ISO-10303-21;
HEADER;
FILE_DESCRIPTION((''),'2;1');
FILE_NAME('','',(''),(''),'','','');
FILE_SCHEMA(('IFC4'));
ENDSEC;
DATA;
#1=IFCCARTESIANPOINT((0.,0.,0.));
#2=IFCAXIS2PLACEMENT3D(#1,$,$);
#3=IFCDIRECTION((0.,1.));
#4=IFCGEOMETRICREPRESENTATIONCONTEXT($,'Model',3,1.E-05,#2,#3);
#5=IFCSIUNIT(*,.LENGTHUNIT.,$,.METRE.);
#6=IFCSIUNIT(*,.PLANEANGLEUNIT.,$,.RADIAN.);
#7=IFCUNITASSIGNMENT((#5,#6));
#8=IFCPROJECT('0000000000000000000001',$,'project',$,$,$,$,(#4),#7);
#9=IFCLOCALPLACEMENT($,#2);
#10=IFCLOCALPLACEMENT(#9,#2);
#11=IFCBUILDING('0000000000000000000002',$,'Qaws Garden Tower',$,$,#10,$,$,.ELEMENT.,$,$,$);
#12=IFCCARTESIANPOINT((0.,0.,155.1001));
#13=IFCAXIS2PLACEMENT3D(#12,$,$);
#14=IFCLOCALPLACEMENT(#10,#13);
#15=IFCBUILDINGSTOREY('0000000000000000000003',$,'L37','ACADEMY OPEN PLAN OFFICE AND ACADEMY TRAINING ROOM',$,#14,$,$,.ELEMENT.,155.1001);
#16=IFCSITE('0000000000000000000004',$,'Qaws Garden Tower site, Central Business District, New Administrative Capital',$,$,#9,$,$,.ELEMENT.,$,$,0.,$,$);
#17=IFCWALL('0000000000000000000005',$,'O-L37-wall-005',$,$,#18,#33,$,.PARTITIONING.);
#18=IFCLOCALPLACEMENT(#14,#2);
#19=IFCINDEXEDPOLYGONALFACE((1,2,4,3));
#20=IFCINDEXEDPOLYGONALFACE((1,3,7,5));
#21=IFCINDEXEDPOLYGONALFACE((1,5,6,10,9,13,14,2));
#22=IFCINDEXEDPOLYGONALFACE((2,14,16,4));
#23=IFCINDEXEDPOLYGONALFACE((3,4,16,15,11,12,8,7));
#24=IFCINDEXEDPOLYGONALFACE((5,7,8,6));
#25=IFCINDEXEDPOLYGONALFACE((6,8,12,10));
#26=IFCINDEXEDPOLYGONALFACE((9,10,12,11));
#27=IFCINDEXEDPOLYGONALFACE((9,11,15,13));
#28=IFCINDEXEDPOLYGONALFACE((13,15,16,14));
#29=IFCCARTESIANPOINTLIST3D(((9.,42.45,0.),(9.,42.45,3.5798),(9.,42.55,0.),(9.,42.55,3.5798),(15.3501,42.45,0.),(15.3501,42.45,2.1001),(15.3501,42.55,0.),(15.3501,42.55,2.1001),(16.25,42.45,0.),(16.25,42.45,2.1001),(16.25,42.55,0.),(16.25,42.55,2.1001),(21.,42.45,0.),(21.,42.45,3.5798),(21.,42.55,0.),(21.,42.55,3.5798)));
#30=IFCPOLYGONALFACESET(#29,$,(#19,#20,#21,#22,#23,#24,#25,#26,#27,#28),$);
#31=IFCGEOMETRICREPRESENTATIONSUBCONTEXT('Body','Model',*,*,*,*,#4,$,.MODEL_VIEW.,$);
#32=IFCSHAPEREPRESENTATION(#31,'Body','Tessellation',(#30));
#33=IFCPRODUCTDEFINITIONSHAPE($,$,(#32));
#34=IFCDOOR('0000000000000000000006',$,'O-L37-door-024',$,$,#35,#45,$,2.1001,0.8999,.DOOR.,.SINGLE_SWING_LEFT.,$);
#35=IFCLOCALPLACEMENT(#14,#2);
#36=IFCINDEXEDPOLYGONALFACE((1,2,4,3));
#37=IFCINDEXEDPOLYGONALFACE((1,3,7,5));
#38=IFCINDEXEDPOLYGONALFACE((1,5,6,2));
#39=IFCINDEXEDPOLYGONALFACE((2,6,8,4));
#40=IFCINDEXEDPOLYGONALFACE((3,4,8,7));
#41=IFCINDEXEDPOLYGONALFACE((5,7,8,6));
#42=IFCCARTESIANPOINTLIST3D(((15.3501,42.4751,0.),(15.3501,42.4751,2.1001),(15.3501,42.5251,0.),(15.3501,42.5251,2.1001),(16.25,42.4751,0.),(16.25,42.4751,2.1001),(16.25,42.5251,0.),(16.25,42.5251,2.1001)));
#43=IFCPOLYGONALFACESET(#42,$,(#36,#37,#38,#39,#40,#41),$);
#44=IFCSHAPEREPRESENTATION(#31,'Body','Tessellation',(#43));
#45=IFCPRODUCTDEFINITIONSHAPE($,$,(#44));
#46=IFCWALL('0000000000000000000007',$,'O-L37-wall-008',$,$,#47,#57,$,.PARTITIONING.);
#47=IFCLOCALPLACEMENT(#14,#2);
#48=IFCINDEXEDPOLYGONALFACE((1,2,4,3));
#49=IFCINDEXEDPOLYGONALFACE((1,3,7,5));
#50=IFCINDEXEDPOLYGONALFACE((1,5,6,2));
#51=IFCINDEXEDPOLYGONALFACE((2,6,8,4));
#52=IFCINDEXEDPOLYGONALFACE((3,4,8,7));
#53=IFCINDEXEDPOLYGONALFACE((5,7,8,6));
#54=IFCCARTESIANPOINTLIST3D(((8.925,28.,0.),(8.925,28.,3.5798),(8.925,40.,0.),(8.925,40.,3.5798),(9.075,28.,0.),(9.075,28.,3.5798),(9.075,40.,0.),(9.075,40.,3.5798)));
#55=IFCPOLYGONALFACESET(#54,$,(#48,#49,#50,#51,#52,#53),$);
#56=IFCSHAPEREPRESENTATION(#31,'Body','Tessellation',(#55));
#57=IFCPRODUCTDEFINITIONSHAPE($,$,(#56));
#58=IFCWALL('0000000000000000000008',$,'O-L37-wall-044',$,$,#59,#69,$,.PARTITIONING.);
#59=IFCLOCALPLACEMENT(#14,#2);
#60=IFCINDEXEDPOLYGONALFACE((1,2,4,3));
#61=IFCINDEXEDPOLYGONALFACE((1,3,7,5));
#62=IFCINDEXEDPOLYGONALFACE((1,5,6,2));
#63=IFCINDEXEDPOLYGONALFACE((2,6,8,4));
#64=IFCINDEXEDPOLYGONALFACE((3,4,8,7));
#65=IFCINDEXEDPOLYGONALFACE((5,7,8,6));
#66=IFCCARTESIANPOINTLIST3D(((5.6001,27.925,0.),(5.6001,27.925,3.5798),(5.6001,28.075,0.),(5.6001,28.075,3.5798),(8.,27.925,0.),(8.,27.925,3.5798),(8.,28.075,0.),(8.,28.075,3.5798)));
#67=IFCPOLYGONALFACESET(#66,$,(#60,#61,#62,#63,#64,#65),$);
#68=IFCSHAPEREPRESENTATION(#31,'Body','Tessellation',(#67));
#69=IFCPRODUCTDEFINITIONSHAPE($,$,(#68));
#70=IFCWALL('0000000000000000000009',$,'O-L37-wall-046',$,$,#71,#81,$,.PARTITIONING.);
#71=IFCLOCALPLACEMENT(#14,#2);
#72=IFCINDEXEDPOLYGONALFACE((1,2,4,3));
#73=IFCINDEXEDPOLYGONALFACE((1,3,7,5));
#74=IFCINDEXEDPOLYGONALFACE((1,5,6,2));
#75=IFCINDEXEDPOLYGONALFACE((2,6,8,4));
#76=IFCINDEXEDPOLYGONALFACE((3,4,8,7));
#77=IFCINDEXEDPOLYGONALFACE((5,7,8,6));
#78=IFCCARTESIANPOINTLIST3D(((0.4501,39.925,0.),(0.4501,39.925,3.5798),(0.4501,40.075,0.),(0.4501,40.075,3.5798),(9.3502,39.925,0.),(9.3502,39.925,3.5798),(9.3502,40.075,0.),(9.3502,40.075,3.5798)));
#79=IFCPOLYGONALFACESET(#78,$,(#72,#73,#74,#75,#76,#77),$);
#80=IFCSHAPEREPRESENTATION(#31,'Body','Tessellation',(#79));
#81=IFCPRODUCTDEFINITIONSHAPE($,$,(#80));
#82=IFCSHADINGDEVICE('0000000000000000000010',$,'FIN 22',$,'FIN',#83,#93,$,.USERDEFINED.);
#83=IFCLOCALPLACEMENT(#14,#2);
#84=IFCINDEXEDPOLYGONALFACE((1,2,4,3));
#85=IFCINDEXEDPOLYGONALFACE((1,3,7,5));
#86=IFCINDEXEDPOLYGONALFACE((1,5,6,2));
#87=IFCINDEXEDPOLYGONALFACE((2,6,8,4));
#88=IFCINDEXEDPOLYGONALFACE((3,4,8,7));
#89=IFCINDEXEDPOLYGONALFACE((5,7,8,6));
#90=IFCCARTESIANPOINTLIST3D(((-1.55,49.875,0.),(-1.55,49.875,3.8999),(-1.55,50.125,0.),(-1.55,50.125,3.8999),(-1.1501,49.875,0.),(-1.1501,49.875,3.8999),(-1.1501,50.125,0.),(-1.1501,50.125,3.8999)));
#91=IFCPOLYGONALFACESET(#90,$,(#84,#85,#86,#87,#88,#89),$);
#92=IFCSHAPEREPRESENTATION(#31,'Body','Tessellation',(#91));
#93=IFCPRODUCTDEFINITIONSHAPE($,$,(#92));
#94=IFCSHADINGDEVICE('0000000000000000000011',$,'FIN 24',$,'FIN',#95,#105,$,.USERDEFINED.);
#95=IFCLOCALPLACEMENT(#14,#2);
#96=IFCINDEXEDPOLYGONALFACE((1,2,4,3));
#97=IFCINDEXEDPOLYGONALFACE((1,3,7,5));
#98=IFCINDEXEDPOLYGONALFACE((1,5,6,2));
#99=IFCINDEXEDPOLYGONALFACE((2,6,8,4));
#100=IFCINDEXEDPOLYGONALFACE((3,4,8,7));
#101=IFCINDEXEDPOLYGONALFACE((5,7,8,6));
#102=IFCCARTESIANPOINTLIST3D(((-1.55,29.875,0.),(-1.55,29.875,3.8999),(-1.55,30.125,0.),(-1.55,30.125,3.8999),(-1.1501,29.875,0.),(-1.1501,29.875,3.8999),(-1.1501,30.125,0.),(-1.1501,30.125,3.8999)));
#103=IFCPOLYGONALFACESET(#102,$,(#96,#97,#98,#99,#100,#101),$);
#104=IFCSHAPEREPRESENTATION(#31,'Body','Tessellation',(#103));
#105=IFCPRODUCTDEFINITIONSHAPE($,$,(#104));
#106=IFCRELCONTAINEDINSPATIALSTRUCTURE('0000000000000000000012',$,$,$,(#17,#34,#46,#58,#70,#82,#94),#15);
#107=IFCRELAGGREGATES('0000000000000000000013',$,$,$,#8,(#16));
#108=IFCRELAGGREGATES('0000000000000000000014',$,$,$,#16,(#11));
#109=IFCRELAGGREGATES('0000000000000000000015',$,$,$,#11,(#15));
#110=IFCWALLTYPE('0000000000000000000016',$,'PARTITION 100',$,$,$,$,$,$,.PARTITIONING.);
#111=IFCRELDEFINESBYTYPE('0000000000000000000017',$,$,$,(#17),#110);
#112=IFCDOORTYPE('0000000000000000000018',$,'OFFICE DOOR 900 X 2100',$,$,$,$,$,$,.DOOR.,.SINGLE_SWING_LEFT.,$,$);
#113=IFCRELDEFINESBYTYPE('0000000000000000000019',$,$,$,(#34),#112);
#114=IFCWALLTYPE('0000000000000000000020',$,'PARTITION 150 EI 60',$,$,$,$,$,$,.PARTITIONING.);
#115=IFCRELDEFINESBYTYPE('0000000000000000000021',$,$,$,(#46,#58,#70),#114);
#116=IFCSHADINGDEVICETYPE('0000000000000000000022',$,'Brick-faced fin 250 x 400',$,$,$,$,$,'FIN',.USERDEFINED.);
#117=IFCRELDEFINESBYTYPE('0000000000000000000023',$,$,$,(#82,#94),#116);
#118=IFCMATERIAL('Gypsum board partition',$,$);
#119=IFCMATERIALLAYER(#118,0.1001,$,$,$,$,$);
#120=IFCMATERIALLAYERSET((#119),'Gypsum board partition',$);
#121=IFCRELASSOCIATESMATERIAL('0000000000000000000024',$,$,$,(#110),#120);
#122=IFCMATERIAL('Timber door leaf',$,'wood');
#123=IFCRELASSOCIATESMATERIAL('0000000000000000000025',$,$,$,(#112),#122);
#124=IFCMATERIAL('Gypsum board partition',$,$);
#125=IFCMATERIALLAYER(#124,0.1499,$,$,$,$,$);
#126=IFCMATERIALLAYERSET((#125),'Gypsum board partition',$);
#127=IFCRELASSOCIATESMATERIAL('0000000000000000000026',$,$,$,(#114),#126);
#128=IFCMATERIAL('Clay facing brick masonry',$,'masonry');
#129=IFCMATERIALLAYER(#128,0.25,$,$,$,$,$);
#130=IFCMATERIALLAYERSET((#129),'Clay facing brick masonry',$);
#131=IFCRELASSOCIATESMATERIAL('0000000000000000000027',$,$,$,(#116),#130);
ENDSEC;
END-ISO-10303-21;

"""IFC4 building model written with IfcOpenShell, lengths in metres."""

from ifc_helpers import new_model, si_unit, direction, frame, frame_2d, origin, origin_2d, place, context, subcontext, project, spatial, rectangle, extrude, material, layer, layer_set, type_object, element, fill, save


model = new_model("IFC4")

# Units and contexts
model_context = context("Model", 3, precision=1e-05, world=origin(), true_north=direction((0.0, 1.0)))
body_context = subcontext(model_context, "Body", "Model", "MODEL_VIEW")
ifc_project = project(units=[si_unit("LENGTHUNIT", "METRE"), si_unit("PLANEANGLEUNIT", "RADIAN")], contexts=[model_context])

# Site, building, storey
site_placement = place(None, origin())
site = spatial("IfcSite", under=ifc_project, at=site_placement, Name="Qaws Garden Tower site, Central Business District, New Administrative Capital", CompositionType="ELEMENT", RefElevation=0.0)
building_placement = place(site_placement, origin())
building = spatial("IfcBuilding", under=site, at=building_placement, Name="Qaws Garden Tower", CompositionType="ELEMENT")
storey_placement = place(building_placement, frame((0.0, 0.0, 155.1001)))
storey = spatial("IfcBuildingStorey", under=building, at=storey_placement, Name="L37", Description="ACADEMY OPEN PLAN OFFICE AND ACADEMY TRAINING ROOM", CompositionType="ELEMENT", Elevation=155.1001)

# Shared definitions
ifc_material_1 = material(Name="Gypsum board partition")
ifc_layer_1 = layer(ifc_material_1, 0.1001)
ifc_layer_set_1 = layer_set([ifc_layer_1], Name="Gypsum board partition")
wall_type_1 = type_object("IfcWallType", Name="PARTITION 100", PredefinedType="PARTITIONING", material=ifc_layer_set_1)

# Wall, opening, door
wall_1_placement = place(storey_placement, frame((9.0, 42.5, 0.0), z_axis=(0.0, 0.0, 1.0), x_axis=(1.0, 0.0, 0.0)))
wall_1 = element("IfcWall", 1, at=wall_1_placement, inside=storey, type_object=wall_type_1, Name="O-L37-wall-005", PredefinedType="PARTITIONING", context=body_context, shape_type="SweptSolid", body=[
    extrude(rectangle(XDim=12.0, YDim=0.1001, at=frame_2d((6.0, 0.0))), origin(), (0.0, 0.0, 1.0), 3.5798),
])
opening_1_placement = place(wall_1_placement, frame((6.3501, 0.0, 0.0)))
opening_1 = element("IfcOpeningElement", 2, at=opening_1_placement, cuts=wall_1, PredefinedType="OPENING", context=body_context, shape_type="SweptSolid", body=[
    extrude(rectangle(XDim=0.8999, YDim=2.1001, at=frame_2d((0.45, 1.05))), frame((0.0, 0.0601, 0.0), z_axis=(0.0, -1.0, 0.0), x_axis=(1.0, 0.0, 0.0)), (0.0, 0.0, 1.0), 0.1201),
])
ifc_material_2 = material(Name="Timber door leaf", Category="wood")
door_type = type_object("IfcDoorType", Name="OFFICE DOOR 900 X 2100", OperationType="SINGLE_SWING_LEFT", PredefinedType="DOOR", material=ifc_material_2)
door_placement = place(opening_1_placement, frame((0.8999, 0.0, 0.0), z_axis=(0.0, 0.0, 1.0), x_axis=(-1.0, 0.0, 0.0)))
door = element("IfcDoor", 3, at=door_placement, inside=storey, type_object=door_type, Name="O-L37-door-024", OperationType="SINGLE_SWING_LEFT", OverallHeight=2.1001, OverallWidth=0.8999, PredefinedType="DOOR", context=body_context, shape_type="SweptSolid", body=[
    extrude(rectangle(XDim=0.8999, YDim=2.1001, at=frame_2d((0.45, 1.05))), frame((0.0, 0.0249, 0.0), z_axis=(0.0, -1.0, 0.0), x_axis=(1.0, 0.0, 0.0)), (0.0, 0.0, 1.0), 0.05),
])
fill(opening_1, door)

# Walls
ifc_material_3 = material(Name="Gypsum board partition")
ifc_layer_2 = layer(ifc_material_3, 0.1499)
ifc_layer_set_2 = layer_set([ifc_layer_2], Name="Gypsum board partition")
wall_type_2 = type_object("IfcWallType", Name="PARTITION 150 EI 60", PredefinedType="PARTITIONING", material=ifc_layer_set_2)
wall_2_placement = place(storey_placement, frame((9.0, 28.0, 0.0), z_axis=(0.0, 0.0, 1.0), x_axis=(0.0, 1.0, 0.0)))
element("IfcWall", 4, at=wall_2_placement, inside=storey, type_object=wall_type_2, Name="O-L37-wall-008", PredefinedType="PARTITIONING", context=body_context, shape_type="SweptSolid", body=[
    extrude(rectangle(XDim=12.0, YDim=0.1499, at=frame_2d((6.0, 0.0))), origin(), (0.0, 0.0, 1.0), 3.5798),
])
wall_3_placement = place(storey_placement, frame((5.6001, 28.0, 0.0), z_axis=(0.0, 0.0, 1.0), x_axis=(1.0, 0.0, 0.0)))
element("IfcWall", 5, at=wall_3_placement, inside=storey, type_object=wall_type_2, Name="O-L37-wall-044", PredefinedType="PARTITIONING", context=body_context, shape_type="SweptSolid", body=[
    extrude(rectangle(XDim=2.3999, YDim=0.1499, at=frame_2d((1.2, 0.0))), origin(), (0.0, 0.0, 1.0), 3.5798),
])
wall_4_placement = place(storey_placement, frame((0.45, 40.0, 0.0), z_axis=(0.0, 0.0, 1.0), x_axis=(1.0, 0.0, 0.0)))
element("IfcWall", 6, at=wall_4_placement, inside=storey, type_object=wall_type_2, Name="O-L37-wall-046", PredefinedType="PARTITIONING", context=body_context, shape_type="SweptSolid", body=[
    extrude(rectangle(XDim=8.9001, YDim=0.1499, at=frame_2d((4.4502, 0.0))), origin(), (0.0, 0.0, 1.0), 3.5798),
])

# Shading devices
ifc_material_4 = material(Name="Clay facing brick masonry", Category="masonry")
ifc_layer_3 = layer(ifc_material_4, 0.25)
ifc_layer_set_3 = layer_set([ifc_layer_3], Name="Clay facing brick masonry")
shading_device_type = type_object("IfcShadingDeviceType", Name="Brick-faced fin 250 x 400", ElementType="FIN", PredefinedType="USERDEFINED", material=ifc_layer_set_3)
for number, where, z_axis, x_axis, name in (
    (7, (-1.3501, 50.0, 0.0), (0.0, 0.0, 1.0), (0.0, -1.0, 0.0), "FIN 22"),
    (8, (-1.3501, 30.0, 0.0), (0.0, 0.0, 1.0), (0.0, -1.0, 0.0), "FIN 24"),
):
    element("IfcShadingDevice", number, at=place(storey_placement, frame(where, z_axis=z_axis, x_axis=x_axis)), inside=storey, type_object=shading_device_type, Name=name, ObjectType="FIN", PredefinedType="USERDEFINED", context=body_context, shape_type="SweptSolid", body=[
        extrude(rectangle(XDim=0.25, YDim=0.3999, at=origin_2d()), origin(), (0.0, 0.0, 1.0), 3.8999),
    ])

save(model, "model.ifc")
